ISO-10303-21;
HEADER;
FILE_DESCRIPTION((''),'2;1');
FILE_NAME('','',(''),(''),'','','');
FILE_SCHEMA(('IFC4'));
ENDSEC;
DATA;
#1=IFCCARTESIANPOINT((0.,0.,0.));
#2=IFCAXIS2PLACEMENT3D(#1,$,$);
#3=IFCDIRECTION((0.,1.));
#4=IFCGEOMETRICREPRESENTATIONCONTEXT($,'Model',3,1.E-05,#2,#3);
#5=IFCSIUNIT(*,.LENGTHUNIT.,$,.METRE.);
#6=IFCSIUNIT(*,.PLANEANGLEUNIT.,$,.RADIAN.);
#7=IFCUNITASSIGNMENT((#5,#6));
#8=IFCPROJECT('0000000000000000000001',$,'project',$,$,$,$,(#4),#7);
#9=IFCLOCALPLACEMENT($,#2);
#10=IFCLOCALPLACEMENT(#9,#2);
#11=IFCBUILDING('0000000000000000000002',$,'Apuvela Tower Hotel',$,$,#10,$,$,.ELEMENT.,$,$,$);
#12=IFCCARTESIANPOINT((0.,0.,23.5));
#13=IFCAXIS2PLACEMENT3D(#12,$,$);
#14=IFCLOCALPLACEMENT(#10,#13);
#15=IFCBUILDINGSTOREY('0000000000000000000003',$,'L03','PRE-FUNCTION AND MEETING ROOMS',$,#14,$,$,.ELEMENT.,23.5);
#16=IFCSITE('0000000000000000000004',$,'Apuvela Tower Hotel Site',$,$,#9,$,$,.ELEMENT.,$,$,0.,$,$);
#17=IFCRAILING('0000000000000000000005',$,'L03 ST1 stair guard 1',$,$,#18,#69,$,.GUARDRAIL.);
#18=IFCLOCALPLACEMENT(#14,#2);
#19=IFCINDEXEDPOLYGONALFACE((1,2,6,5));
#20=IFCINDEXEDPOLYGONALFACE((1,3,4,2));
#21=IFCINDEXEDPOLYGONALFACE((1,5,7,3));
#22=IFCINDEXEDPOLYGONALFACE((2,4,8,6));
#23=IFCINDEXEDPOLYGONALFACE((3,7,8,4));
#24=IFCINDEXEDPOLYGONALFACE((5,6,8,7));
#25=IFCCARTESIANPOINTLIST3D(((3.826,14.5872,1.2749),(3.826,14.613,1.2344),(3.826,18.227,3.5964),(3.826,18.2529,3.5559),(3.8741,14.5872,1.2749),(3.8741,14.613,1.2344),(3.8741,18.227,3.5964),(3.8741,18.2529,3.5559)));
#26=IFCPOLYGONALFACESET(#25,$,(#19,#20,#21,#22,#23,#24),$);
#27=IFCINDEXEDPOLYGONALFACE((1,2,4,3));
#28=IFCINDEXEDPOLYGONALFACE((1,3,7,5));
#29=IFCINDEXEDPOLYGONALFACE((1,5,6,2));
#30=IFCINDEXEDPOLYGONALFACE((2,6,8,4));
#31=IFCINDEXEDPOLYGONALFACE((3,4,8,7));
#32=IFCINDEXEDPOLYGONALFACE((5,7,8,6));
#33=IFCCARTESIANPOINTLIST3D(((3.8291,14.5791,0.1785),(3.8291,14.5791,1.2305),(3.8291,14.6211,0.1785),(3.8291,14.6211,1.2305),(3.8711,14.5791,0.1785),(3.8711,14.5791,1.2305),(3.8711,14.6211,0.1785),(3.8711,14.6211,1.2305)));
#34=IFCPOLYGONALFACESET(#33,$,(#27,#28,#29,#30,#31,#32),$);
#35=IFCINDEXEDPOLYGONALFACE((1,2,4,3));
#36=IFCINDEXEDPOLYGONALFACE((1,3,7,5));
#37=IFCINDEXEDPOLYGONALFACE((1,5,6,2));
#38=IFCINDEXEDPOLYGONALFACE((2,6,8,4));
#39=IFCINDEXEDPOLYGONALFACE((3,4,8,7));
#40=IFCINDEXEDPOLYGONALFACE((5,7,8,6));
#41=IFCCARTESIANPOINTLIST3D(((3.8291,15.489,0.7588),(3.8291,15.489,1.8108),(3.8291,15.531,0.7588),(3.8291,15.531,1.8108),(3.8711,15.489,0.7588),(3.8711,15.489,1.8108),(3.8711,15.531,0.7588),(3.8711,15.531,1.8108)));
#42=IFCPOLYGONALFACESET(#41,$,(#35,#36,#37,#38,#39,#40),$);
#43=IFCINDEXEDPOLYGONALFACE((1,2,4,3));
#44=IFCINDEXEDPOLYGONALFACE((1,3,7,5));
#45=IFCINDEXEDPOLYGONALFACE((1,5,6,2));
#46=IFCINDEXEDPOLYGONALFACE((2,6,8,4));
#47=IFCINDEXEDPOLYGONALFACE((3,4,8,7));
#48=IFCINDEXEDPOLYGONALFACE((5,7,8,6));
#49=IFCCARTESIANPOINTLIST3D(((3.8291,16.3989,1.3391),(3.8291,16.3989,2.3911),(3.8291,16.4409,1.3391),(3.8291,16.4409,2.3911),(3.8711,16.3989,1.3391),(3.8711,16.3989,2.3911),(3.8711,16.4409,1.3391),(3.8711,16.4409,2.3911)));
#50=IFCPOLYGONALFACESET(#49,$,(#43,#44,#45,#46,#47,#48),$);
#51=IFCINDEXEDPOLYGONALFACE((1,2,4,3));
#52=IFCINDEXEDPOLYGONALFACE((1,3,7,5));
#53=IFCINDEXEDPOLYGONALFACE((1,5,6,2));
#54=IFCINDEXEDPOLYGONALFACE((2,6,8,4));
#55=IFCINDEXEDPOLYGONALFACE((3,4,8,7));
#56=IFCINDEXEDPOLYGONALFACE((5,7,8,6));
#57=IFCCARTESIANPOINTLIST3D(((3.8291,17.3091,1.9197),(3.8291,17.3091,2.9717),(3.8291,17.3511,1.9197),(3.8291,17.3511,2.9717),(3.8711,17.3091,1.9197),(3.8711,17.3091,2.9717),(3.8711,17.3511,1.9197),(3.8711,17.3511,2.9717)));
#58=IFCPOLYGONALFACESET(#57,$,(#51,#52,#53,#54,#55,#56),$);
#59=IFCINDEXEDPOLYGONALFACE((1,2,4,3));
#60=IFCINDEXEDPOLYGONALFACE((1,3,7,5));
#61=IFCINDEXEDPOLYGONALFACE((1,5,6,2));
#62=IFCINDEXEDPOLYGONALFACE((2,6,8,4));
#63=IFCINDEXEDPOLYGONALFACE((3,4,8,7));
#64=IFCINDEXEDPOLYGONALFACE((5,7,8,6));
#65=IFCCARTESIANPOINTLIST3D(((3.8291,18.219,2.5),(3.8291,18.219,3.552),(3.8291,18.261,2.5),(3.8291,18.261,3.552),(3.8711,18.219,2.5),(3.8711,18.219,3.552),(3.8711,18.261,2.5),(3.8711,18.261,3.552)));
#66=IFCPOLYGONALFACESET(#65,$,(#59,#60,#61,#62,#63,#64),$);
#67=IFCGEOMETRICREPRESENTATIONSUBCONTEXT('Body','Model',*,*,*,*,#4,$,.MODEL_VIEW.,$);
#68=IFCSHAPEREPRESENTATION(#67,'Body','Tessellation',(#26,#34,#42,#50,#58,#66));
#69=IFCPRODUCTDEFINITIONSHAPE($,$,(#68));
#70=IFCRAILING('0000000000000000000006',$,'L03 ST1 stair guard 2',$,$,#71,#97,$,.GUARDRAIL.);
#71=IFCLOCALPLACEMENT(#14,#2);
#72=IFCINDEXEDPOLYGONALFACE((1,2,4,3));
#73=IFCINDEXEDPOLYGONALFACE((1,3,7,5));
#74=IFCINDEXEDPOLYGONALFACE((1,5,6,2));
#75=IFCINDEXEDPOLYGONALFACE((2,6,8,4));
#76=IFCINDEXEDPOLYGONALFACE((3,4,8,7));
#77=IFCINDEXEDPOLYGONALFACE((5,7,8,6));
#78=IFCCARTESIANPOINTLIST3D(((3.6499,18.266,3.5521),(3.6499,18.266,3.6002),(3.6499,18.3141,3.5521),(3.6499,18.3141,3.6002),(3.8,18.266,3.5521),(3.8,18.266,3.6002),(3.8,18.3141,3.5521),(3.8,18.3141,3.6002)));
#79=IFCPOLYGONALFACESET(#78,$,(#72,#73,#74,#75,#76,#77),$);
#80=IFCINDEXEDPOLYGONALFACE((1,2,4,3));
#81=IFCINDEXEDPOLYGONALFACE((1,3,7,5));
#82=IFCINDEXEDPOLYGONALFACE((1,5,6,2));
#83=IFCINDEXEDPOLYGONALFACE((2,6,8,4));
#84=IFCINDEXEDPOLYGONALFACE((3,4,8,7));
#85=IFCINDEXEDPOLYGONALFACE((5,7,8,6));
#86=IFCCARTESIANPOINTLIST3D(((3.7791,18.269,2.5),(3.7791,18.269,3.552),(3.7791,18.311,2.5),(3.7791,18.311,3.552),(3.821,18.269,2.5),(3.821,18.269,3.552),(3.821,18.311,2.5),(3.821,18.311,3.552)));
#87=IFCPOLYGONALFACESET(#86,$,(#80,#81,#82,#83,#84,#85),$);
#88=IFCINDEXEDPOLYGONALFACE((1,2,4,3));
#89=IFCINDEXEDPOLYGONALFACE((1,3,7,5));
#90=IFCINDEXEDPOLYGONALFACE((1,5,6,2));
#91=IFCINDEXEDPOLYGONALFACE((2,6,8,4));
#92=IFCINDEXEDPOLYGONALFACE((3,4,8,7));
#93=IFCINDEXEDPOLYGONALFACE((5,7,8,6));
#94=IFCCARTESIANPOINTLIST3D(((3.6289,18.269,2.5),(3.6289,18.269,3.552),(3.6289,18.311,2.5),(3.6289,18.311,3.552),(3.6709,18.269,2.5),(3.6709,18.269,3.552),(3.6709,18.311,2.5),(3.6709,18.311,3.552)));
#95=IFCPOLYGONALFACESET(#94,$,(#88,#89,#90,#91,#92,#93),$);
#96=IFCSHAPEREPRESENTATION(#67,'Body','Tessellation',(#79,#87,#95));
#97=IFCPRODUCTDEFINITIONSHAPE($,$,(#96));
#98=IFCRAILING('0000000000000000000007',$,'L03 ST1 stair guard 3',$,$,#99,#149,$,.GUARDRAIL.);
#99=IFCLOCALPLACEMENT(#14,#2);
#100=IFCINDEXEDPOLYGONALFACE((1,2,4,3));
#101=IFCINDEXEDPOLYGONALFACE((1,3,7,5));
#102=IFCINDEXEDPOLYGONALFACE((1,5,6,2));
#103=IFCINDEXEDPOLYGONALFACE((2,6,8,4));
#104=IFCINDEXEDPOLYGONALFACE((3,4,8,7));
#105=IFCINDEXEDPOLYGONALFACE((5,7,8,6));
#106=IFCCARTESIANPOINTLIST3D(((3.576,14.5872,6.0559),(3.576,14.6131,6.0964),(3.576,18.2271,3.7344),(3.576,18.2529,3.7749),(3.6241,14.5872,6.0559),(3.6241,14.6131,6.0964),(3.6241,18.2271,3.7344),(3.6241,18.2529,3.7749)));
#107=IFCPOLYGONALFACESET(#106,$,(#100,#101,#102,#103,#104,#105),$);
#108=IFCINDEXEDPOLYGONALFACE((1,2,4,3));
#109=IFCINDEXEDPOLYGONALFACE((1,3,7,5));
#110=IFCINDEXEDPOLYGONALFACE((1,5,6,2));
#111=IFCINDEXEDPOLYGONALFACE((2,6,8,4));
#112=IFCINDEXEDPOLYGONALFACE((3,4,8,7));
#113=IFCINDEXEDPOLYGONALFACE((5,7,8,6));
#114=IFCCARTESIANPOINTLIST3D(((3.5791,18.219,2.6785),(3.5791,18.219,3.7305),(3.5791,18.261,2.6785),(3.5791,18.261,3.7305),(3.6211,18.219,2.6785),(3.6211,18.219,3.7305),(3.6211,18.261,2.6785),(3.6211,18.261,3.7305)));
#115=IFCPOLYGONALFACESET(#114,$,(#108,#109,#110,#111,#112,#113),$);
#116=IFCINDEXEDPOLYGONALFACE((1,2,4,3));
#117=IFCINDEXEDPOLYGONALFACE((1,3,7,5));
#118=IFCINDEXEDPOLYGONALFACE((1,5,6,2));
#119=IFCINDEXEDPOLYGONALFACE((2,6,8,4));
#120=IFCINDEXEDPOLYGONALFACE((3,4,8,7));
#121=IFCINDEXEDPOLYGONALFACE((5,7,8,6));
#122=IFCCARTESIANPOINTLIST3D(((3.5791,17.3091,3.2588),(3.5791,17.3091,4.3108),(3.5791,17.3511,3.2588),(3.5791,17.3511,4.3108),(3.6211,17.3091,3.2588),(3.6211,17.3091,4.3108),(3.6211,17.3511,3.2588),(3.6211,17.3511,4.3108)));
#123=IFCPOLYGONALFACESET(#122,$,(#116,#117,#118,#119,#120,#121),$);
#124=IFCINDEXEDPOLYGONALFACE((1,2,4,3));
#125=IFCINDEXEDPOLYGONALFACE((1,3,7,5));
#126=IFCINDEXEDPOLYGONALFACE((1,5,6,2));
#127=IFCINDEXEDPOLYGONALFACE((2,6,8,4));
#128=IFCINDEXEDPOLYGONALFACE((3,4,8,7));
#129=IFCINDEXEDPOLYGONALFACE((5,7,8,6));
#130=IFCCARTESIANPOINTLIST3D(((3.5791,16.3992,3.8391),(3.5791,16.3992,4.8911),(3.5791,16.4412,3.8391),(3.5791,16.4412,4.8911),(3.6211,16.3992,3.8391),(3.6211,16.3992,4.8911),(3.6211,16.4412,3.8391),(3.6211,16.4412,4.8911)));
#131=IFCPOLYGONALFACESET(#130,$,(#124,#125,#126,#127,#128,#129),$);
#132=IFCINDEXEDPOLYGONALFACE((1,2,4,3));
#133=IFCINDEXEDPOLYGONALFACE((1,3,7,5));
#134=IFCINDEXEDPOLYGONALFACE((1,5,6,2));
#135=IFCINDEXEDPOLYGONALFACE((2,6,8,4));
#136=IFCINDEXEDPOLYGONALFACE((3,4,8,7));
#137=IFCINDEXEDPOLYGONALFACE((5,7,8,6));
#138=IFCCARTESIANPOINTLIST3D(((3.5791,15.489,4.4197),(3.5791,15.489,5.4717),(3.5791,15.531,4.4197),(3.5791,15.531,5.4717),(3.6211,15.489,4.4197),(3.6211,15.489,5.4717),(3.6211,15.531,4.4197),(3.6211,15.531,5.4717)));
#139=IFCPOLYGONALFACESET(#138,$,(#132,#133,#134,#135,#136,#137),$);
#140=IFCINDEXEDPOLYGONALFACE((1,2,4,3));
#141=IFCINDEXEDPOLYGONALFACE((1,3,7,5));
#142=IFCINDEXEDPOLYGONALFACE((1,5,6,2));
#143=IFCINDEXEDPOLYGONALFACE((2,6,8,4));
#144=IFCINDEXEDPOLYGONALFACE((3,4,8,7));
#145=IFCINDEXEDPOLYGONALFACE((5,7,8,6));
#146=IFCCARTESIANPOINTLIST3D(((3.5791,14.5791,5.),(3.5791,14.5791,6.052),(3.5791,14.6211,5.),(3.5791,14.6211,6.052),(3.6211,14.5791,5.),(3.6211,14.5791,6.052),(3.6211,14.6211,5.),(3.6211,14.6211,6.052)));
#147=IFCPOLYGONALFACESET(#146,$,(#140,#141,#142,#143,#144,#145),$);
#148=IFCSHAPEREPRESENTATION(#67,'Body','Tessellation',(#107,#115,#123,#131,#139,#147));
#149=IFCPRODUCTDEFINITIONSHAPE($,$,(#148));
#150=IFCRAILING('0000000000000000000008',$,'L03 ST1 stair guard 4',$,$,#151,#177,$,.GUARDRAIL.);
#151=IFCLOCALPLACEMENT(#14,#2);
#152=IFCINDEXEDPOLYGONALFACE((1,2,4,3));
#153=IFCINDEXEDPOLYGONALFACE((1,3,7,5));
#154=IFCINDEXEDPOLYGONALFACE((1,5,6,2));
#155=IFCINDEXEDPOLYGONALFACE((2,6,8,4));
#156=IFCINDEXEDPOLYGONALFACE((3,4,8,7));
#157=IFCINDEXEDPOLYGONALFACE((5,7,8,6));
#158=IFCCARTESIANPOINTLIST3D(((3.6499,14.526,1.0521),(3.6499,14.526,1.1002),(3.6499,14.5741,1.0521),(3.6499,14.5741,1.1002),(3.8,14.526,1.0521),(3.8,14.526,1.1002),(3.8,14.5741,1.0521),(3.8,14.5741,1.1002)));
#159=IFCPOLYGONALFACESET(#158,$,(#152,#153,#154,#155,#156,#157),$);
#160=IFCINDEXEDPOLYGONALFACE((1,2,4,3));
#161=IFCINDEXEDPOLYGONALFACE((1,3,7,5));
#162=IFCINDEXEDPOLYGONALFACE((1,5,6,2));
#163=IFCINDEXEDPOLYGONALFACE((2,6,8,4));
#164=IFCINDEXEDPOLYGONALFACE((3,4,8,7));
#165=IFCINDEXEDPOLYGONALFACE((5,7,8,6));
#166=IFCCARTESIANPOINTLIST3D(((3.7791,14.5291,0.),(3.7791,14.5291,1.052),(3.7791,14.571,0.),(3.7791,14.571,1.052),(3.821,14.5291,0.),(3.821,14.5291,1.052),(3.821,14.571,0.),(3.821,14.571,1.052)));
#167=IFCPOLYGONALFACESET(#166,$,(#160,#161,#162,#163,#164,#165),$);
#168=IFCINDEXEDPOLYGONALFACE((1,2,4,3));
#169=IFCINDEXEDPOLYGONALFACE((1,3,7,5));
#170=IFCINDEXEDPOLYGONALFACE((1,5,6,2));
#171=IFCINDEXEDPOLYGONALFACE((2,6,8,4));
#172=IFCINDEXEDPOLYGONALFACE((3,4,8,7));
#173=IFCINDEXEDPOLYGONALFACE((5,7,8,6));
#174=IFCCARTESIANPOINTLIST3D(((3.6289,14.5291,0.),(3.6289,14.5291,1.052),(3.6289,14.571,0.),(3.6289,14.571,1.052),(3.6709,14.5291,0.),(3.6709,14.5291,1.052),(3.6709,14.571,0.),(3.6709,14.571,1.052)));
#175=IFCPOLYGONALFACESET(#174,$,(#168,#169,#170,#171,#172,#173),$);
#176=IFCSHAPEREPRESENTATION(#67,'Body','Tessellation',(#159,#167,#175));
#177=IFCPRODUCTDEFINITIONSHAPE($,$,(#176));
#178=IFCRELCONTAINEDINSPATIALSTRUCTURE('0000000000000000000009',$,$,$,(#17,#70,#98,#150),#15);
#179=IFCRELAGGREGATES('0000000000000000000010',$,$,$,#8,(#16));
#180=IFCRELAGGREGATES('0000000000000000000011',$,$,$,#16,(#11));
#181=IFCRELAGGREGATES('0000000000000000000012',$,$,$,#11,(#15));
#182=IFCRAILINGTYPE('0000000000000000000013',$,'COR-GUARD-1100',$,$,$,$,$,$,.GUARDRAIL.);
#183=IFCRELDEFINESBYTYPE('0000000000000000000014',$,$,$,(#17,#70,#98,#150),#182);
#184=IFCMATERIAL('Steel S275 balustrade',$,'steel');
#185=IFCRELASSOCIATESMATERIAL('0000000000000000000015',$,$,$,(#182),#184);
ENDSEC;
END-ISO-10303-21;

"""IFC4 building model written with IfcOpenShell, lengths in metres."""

from ifc_helpers import new_model, si_unit, direction, frame, origin, origin_2d, place, context, subcontext, project, spatial, rectangle, extrude, material, type_object, element, save


model = new_model("IFC4")

# Units and contexts
model_context = context("Model", 3, precision=1e-05, world=origin(), true_north=direction((0.0, 1.0)))
body_context = subcontext(model_context, "Body", "Model", "MODEL_VIEW")
ifc_project = project(units=[si_unit("LENGTHUNIT", "METRE"), si_unit("PLANEANGLEUNIT", "RADIAN")], contexts=[model_context])

# Site, building, storey
site_placement = place(None, origin())
site = spatial("IfcSite", under=ifc_project, at=site_placement, Name="Apuvela Tower Hotel Site", CompositionType="ELEMENT", RefElevation=0.0)
building_placement = place(site_placement, origin())
building = spatial("IfcBuilding", under=site, at=building_placement, Name="Apuvela Tower Hotel", CompositionType="ELEMENT")
storey_placement = place(building_placement, frame((0.0, 0.0, 23.5)))
storey = spatial("IfcBuildingStorey", under=building, at=storey_placement, Name="L03", Description="PRE-FUNCTION AND MEETING ROOMS", CompositionType="ELEMENT", Elevation=23.5)

# Railings
ifc_material_1 = material(Name="Steel S275 balustrade", Category="steel")
railing_type_1 = type_object("IfcRailingType", Name="COR-GUARD-1100", PredefinedType="GUARDRAIL", material=ifc_material_1)
railing_1_placement = place(storey_placement, frame((3.8501, 14.6001, 0.1785)))
element("IfcRailing", 1, at=railing_1_placement, inside=storey, type_object=railing_type_1, Name="L03 ST1 stair guard 1", PredefinedType="GUARDRAIL", context=body_context, shape_type="SweptSolid", body=[
    extrude(rectangle(XDim=0.0481, YDim=0.0481, at=origin_2d()), frame((0.0, 0.0, 1.0762), z_axis=(0.0, 0.843112, 0.537739), x_axis=(-1.0, 0.0, 0.0)), (0.0, 0.0, 1.0), 4.3171),
    extrude(rectangle(XDim=0.042, YDim=0.042, at=origin_2d()), origin(), (0.0, 0.0, 1.0), 1.052),
    extrude(rectangle(XDim=0.042, YDim=0.042, at=origin_2d()), frame((0.0, 0.9099, 0.5803)), (0.0, 0.0, 1.0), 1.052),
    extrude(rectangle(XDim=0.042, YDim=0.042, at=origin_2d()), frame((0.0, 1.8198, 1.1606)), (0.0, 0.0, 1.0), 1.052),
    extrude(rectangle(XDim=0.042, YDim=0.042, at=origin_2d()), frame((0.0, 2.73, 1.7412)), (0.0, 0.0, 1.0), 1.052),
    extrude(rectangle(XDim=0.042, YDim=0.042, at=origin_2d()), frame((0.0, 3.6399, 2.3215)), (0.0, 0.0, 1.0), 1.052),
])
railing_2_placement = place(storey_placement, frame((3.8, 18.29, 2.5)))
element("IfcRailing", 2, at=railing_2_placement, inside=storey, type_object=railing_type_1, Name="L03 ST1 stair guard 2", PredefinedType="GUARDRAIL", context=body_context, shape_type="SweptSolid", body=[
    extrude(rectangle(XDim=0.0481, YDim=0.0481, at=origin_2d()), frame((0.0, 0.0, 1.0762), z_axis=(-1.0, 0.0, 0.0), x_axis=(0.0, -1.0, 0.0)), (0.0, 0.0, 1.0), 0.1501),
    extrude(rectangle(XDim=0.042, YDim=0.042, at=origin_2d()), origin(), (0.0, 0.0, 1.0), 1.052),
    extrude(rectangle(XDim=0.042, YDim=0.042, at=origin_2d()), frame((-0.1501, 0.0, 0.0)), (0.0, 0.0, 1.0), 1.052),
])
railing_3_placement = place(storey_placement, frame((3.6001, 18.24, 2.6785)))
element("IfcRailing", 3, at=railing_3_placement, inside=storey, type_object=railing_type_1, Name="L03 ST1 stair guard 3", PredefinedType="GUARDRAIL", context=body_context, shape_type="SweptSolid", body=[
    extrude(rectangle(XDim=0.0481, YDim=0.0481, at=origin_2d()), frame((0.0, 0.0, 1.0762), z_axis=(0.0, -0.843112, 0.537739), x_axis=(1.0, 0.0, 0.0)), (0.0, 0.0, 1.0), 4.3171),
    extrude(rectangle(XDim=0.042, YDim=0.042, at=origin_2d()), origin(), (0.0, 0.0, 1.0), 1.052),
    extrude(rectangle(XDim=0.042, YDim=0.042, at=origin_2d()), frame((0.0, -0.9099, 0.5803)), (0.0, 0.0, 1.0), 1.052),
    extrude(rectangle(XDim=0.042, YDim=0.042, at=origin_2d()), frame((0.0, -1.8198, 1.1606)), (0.0, 0.0, 1.0), 1.052),
    extrude(rectangle(XDim=0.042, YDim=0.042, at=origin_2d()), frame((0.0, -2.73, 1.7412)), (0.0, 0.0, 1.0), 1.052),
    extrude(rectangle(XDim=0.042, YDim=0.042, at=origin_2d()), frame((0.0, -3.6399, 2.3215)), (0.0, 0.0, 1.0), 1.052),
])
railing_4_placement = place(storey_placement, frame((3.8, 14.55, 0.0)))
element("IfcRailing", 4, at=railing_4_placement, inside=storey, type_object=railing_type_1, Name="L03 ST1 stair guard 4", PredefinedType="GUARDRAIL", context=body_context, shape_type="SweptSolid", body=[
    extrude(rectangle(XDim=0.0481, YDim=0.0481, at=origin_2d()), frame((0.0, 0.0, 1.0762), z_axis=(-1.0, 0.0, 0.0), x_axis=(0.0, -1.0, 0.0)), (0.0, 0.0, 1.0), 0.1501),
    extrude(rectangle(XDim=0.042, YDim=0.042, at=origin_2d()), origin(), (0.0, 0.0, 1.0), 1.052),
    extrude(rectangle(XDim=0.042, YDim=0.042, at=origin_2d()), frame((-0.1501, 0.0, 0.0)), (0.0, 0.0, 1.0), 1.052),
])

save(model, "model.ifc")
